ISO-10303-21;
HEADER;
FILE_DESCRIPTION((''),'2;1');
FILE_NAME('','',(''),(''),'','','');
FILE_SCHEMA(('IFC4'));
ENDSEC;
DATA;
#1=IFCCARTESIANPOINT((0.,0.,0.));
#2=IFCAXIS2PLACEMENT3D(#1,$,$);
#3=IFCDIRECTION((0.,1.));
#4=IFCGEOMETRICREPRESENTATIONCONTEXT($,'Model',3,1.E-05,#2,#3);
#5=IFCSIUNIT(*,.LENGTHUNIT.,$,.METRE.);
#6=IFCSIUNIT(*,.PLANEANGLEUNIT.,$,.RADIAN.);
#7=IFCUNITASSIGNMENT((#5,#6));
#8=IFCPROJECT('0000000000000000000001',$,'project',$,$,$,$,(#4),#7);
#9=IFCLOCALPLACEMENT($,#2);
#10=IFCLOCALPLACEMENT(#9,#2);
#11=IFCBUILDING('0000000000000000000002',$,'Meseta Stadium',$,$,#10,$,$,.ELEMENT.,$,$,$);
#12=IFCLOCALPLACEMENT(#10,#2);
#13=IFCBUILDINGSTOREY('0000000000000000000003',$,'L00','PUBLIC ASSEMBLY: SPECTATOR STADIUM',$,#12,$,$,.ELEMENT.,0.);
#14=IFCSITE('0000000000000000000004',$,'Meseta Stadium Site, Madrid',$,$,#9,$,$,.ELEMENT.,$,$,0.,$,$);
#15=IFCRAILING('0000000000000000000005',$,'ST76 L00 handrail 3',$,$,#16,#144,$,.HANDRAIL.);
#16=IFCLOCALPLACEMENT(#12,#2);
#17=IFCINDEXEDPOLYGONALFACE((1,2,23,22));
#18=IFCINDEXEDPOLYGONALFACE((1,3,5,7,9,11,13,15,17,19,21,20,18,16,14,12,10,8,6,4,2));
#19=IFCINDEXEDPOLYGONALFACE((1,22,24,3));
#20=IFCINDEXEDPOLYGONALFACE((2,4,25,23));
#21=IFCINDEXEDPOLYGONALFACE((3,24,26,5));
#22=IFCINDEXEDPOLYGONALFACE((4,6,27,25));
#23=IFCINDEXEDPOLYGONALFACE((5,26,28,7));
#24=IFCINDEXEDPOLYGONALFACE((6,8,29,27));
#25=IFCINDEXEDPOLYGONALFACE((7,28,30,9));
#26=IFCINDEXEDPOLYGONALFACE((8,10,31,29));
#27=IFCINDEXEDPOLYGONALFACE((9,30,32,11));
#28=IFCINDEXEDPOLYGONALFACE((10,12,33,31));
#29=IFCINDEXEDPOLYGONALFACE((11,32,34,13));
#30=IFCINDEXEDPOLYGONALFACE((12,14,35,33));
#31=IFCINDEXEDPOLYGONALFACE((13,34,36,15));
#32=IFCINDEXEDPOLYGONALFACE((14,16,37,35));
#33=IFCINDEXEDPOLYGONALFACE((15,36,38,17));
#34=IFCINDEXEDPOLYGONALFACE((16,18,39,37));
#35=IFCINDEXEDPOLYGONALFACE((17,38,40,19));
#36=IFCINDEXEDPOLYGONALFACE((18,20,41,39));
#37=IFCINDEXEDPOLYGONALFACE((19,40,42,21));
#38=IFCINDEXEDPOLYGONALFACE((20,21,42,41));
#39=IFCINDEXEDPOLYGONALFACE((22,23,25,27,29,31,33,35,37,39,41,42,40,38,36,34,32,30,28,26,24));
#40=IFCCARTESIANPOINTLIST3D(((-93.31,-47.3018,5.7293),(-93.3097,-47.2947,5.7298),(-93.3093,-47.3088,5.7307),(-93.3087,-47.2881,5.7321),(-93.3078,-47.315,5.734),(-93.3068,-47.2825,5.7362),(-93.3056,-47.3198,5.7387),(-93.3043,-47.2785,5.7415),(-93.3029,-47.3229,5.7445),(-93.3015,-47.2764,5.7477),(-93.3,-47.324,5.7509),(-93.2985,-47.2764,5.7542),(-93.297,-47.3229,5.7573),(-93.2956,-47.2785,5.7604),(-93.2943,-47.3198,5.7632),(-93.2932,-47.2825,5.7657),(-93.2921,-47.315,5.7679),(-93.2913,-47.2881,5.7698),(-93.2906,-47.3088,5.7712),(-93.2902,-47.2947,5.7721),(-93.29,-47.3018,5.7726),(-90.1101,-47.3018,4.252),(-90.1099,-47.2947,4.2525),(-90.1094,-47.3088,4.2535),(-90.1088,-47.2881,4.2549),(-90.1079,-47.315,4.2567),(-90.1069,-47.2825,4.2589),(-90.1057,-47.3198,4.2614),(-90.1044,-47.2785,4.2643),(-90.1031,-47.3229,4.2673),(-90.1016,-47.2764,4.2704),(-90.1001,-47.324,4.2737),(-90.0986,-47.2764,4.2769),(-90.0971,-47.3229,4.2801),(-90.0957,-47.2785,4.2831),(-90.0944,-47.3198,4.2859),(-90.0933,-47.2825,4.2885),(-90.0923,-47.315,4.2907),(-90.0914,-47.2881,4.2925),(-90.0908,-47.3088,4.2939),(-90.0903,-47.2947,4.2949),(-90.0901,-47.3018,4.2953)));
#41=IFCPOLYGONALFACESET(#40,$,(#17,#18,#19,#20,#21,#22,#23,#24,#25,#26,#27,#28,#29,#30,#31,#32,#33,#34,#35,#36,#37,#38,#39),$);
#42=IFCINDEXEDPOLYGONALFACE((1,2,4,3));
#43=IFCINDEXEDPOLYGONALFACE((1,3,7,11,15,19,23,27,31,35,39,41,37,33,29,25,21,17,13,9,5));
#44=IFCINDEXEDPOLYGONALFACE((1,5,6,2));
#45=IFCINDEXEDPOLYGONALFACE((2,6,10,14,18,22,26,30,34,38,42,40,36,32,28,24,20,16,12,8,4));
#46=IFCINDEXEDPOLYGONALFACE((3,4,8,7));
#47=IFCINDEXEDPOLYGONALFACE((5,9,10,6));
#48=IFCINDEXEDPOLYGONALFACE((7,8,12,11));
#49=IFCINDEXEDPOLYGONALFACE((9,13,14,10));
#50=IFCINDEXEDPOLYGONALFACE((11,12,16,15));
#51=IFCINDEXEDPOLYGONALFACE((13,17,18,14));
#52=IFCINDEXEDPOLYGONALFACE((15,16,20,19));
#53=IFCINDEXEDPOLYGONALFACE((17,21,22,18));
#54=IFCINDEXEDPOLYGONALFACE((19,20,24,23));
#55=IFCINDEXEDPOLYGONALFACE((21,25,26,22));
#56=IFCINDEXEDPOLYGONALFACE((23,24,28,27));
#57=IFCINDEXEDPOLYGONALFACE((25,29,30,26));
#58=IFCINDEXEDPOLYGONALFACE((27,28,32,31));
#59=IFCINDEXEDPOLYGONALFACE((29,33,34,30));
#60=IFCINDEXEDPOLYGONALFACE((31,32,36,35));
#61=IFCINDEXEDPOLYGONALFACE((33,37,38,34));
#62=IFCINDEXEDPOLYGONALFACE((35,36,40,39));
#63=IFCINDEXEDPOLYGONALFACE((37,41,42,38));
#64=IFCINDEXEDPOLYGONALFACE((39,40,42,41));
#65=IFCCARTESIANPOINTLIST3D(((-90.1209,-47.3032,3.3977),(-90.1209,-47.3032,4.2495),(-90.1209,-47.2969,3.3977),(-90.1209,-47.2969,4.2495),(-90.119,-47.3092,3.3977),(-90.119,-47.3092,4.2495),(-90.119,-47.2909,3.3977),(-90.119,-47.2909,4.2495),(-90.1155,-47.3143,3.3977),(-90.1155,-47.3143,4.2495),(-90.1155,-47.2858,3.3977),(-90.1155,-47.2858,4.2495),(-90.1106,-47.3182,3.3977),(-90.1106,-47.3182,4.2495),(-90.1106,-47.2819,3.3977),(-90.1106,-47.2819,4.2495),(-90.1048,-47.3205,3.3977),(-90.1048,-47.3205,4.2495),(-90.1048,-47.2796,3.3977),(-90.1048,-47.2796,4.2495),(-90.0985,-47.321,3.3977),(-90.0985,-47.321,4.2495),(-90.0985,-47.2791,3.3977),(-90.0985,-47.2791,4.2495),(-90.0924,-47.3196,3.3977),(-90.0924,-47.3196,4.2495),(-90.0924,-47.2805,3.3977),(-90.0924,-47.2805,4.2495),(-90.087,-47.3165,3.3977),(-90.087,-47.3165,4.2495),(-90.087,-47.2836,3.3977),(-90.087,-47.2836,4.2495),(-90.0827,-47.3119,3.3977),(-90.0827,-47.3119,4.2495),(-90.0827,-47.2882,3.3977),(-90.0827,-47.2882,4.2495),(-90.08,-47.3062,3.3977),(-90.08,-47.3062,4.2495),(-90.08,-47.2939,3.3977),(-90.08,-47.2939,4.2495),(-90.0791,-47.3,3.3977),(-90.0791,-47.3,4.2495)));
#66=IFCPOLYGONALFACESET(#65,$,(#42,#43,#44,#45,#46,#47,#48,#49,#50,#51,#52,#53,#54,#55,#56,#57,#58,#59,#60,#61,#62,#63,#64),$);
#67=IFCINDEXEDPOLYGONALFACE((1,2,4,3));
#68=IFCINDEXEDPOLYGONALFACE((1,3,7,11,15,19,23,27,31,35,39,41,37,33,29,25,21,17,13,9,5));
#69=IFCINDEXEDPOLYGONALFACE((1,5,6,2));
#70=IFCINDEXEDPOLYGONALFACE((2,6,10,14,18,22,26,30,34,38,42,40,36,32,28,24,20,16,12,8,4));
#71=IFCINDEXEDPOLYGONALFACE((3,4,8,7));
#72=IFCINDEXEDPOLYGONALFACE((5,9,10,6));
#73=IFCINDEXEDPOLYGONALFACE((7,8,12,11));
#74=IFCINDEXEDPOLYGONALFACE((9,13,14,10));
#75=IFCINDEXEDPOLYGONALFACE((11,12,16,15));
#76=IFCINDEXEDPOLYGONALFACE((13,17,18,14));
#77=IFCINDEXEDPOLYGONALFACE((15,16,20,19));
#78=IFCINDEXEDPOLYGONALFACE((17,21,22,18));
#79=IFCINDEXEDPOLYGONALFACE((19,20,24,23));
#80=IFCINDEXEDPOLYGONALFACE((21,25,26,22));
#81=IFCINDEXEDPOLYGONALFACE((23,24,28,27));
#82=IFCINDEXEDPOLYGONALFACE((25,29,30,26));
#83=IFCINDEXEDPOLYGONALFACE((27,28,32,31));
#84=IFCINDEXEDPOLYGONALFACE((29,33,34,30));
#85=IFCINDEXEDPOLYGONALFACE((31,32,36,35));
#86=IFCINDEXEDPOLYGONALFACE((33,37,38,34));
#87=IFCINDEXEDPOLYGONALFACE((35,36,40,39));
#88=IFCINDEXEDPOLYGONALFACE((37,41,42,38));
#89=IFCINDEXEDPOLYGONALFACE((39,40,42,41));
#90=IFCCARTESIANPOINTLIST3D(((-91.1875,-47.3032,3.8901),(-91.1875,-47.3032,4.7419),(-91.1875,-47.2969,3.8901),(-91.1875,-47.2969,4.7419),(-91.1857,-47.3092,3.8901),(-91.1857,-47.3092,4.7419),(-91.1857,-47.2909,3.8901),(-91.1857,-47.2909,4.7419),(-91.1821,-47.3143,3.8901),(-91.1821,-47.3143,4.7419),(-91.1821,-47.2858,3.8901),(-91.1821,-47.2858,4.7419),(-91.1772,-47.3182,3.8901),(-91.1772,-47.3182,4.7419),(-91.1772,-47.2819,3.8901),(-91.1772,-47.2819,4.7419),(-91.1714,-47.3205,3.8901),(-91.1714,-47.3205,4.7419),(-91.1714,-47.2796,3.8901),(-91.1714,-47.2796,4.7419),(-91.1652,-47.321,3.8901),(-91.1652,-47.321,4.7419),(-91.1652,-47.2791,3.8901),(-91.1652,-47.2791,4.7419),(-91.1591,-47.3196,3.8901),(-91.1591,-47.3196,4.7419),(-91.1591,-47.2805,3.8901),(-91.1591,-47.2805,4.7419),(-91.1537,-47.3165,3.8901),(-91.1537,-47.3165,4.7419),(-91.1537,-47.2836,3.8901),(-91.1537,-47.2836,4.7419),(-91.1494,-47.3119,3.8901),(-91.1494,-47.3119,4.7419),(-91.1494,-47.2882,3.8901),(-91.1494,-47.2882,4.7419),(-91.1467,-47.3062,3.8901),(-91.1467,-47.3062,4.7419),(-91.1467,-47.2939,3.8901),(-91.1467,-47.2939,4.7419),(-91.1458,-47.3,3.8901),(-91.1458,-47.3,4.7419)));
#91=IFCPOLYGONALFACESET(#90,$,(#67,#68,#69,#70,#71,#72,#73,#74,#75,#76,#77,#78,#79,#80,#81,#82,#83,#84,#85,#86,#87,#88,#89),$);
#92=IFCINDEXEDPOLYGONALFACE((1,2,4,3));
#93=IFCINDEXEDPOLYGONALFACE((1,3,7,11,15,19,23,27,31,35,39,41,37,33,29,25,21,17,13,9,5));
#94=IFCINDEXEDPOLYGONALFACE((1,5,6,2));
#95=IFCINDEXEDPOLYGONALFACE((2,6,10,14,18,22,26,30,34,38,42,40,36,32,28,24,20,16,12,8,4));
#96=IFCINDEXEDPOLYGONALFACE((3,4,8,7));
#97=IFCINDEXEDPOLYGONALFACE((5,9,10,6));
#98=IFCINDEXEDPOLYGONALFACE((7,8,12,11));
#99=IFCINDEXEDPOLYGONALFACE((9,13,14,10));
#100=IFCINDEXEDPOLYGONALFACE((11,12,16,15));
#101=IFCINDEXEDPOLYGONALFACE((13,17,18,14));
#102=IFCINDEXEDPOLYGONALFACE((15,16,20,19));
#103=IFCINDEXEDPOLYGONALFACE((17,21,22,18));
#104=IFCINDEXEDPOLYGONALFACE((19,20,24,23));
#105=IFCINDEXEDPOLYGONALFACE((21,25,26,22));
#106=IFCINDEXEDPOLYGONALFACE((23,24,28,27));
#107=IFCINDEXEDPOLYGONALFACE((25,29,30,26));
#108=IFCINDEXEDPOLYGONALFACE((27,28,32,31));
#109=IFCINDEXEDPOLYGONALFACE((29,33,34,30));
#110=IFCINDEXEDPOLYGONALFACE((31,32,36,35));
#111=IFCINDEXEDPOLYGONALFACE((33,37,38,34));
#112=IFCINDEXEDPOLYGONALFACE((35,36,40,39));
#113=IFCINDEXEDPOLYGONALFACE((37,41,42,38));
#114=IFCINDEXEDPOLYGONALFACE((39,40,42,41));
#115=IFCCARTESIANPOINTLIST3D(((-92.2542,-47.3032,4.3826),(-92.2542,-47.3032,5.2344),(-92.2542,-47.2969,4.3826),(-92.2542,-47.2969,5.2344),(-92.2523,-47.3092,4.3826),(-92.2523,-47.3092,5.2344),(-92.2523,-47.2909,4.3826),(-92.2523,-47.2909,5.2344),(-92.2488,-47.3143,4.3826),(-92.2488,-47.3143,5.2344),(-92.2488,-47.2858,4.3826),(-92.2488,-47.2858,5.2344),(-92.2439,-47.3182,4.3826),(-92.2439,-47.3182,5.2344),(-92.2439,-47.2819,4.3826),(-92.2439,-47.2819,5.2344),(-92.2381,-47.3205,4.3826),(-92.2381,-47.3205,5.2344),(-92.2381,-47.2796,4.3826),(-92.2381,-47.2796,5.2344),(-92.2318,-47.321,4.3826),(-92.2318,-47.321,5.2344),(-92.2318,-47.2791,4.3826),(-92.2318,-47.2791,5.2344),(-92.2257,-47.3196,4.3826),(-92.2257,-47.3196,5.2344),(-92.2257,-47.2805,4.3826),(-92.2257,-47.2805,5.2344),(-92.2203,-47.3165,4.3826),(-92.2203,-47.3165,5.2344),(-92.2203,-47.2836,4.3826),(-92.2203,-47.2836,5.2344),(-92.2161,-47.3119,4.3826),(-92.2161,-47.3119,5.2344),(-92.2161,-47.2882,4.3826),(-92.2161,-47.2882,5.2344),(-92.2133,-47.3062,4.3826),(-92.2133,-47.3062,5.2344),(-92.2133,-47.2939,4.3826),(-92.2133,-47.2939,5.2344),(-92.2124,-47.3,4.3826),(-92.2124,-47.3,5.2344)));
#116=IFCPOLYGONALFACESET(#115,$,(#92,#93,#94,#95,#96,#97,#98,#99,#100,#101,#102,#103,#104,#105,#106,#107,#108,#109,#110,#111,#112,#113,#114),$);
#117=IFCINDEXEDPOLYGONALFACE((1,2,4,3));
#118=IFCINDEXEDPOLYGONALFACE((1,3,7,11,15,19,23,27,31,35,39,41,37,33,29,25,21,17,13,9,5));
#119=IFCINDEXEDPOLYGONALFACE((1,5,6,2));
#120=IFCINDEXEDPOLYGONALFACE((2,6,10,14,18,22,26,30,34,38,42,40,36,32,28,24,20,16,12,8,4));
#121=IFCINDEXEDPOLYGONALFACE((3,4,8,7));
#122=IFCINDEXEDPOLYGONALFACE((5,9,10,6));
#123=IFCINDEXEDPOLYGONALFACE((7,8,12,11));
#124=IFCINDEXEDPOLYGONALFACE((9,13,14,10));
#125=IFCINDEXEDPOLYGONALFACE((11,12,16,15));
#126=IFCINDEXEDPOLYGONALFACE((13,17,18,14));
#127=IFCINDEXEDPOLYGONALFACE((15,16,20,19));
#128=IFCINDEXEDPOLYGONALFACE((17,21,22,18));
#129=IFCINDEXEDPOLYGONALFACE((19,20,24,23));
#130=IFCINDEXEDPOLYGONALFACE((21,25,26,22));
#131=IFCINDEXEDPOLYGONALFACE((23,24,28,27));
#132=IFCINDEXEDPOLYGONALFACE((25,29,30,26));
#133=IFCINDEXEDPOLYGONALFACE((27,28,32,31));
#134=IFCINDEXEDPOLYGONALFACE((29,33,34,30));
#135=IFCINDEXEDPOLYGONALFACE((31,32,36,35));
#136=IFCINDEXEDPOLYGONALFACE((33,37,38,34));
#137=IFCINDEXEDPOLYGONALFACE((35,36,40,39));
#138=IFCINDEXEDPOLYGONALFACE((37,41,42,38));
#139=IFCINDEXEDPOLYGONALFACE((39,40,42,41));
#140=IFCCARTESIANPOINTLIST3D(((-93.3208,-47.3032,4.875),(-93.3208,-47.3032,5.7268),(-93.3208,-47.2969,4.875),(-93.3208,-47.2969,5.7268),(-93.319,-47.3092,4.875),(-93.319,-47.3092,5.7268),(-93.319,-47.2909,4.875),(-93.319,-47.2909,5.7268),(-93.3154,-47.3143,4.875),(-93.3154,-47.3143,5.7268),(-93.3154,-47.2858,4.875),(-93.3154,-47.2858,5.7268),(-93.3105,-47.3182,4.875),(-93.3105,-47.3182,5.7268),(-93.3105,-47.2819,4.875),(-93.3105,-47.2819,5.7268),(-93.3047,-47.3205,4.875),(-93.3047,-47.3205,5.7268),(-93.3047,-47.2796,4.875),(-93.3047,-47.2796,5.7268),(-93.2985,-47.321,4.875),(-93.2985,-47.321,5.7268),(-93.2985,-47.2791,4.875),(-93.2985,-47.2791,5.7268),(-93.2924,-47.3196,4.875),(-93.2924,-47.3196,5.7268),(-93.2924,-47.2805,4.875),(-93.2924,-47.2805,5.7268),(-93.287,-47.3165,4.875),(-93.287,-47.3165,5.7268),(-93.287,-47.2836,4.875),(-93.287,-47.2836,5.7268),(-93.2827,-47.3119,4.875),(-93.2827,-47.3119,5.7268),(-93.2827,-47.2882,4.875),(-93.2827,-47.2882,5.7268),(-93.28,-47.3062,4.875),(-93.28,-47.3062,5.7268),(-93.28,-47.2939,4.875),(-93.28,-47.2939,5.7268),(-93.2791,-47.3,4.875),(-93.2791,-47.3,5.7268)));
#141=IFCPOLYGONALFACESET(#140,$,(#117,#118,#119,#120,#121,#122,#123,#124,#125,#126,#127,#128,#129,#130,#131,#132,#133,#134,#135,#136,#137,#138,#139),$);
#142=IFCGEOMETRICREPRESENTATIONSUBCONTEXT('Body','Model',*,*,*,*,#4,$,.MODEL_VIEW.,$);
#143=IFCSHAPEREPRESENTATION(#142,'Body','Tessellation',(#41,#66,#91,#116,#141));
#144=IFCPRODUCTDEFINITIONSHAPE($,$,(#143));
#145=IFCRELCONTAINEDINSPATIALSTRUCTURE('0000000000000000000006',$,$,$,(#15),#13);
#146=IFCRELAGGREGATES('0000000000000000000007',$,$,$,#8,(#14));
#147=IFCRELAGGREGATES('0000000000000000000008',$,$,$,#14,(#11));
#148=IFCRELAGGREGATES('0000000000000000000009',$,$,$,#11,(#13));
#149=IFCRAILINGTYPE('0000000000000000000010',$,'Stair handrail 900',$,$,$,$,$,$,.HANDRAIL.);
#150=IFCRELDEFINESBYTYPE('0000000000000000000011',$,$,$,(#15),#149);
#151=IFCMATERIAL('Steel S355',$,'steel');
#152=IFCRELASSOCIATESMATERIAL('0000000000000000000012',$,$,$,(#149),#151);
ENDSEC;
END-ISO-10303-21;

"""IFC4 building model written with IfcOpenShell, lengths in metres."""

from ifc_helpers import new_model, si_unit, direction, frame, origin, origin_2d, place, context, subcontext, project, spatial, circle, extrude, material, type_object, element, save


model = new_model("IFC4")

# Units and contexts
model_context = context("Model", 3, precision=1e-05, world=origin(), true_north=direction((0.0, 1.0)))
body_context = subcontext(model_context, "Body", "Model", "MODEL_VIEW")
ifc_project = project(units=[si_unit("LENGTHUNIT", "METRE"), si_unit("PLANEANGLEUNIT", "RADIAN")], contexts=[model_context])

# Site, building, storey
site_placement = place(None, origin())
site = spatial("IfcSite", under=ifc_project, at=site_placement, Name="Meseta Stadium Site, Madrid", CompositionType="ELEMENT", RefElevation=0.0)
building_placement = place(site_placement, origin())
building = spatial("IfcBuilding", under=site, at=building_placement, Name="Meseta Stadium", CompositionType="ELEMENT")
storey_placement = place(building_placement, origin())
storey = spatial("IfcBuildingStorey", under=building, at=storey_placement, Name="L00", Description="PUBLIC ASSEMBLY: SPECTATOR STADIUM", CompositionType="ELEMENT", Elevation=0.0)

# Railing
ifc_material_1 = material(Name="Steel S355", Category="steel")
railing_type_1 = type_object("IfcRailingType", Name="Stair handrail 900", PredefinedType="HANDRAIL", material=ifc_material_1)
for number, where, name in (
    (1, (-90.1001, -47.3, 3.3977), "ST76 L00 handrail 3"),
):
    element("IfcRailing", number, at=place(storey_placement, frame(where)), inside=storey, type_object=railing_type_1, Name=name, PredefinedType="HANDRAIL", context=body_context, shape_type="SweptSolid", body=[
        extrude(circle(Radius=0.0239, at=origin_2d()), frame((0.0, 0.0, 0.876), z_axis=(-0.907917, 0.0, 0.41915), x_axis=(0.0, -1.0, 0.0)), (0.0, 0.0, 1.0), 3.5244),
        extrude(circle(Radius=0.021, at=origin_2d()), origin(), (0.0, 0.0, 1.0), 0.8518),
        extrude(circle(Radius=0.021, at=origin_2d()), frame((-1.0667, 0.0, 0.4924)), (0.0, 0.0, 1.0), 0.8518),
        extrude(circle(Radius=0.021, at=origin_2d()), frame((-2.1333, 0.0, 0.9849)), (0.0, 0.0, 1.0), 0.8518),
        extrude(circle(Radius=0.021, at=origin_2d()), frame((-3.2, 0.0, 1.4773)), (0.0, 0.0, 1.0), 0.8518),
    ])

save(model, "model.ifc")
